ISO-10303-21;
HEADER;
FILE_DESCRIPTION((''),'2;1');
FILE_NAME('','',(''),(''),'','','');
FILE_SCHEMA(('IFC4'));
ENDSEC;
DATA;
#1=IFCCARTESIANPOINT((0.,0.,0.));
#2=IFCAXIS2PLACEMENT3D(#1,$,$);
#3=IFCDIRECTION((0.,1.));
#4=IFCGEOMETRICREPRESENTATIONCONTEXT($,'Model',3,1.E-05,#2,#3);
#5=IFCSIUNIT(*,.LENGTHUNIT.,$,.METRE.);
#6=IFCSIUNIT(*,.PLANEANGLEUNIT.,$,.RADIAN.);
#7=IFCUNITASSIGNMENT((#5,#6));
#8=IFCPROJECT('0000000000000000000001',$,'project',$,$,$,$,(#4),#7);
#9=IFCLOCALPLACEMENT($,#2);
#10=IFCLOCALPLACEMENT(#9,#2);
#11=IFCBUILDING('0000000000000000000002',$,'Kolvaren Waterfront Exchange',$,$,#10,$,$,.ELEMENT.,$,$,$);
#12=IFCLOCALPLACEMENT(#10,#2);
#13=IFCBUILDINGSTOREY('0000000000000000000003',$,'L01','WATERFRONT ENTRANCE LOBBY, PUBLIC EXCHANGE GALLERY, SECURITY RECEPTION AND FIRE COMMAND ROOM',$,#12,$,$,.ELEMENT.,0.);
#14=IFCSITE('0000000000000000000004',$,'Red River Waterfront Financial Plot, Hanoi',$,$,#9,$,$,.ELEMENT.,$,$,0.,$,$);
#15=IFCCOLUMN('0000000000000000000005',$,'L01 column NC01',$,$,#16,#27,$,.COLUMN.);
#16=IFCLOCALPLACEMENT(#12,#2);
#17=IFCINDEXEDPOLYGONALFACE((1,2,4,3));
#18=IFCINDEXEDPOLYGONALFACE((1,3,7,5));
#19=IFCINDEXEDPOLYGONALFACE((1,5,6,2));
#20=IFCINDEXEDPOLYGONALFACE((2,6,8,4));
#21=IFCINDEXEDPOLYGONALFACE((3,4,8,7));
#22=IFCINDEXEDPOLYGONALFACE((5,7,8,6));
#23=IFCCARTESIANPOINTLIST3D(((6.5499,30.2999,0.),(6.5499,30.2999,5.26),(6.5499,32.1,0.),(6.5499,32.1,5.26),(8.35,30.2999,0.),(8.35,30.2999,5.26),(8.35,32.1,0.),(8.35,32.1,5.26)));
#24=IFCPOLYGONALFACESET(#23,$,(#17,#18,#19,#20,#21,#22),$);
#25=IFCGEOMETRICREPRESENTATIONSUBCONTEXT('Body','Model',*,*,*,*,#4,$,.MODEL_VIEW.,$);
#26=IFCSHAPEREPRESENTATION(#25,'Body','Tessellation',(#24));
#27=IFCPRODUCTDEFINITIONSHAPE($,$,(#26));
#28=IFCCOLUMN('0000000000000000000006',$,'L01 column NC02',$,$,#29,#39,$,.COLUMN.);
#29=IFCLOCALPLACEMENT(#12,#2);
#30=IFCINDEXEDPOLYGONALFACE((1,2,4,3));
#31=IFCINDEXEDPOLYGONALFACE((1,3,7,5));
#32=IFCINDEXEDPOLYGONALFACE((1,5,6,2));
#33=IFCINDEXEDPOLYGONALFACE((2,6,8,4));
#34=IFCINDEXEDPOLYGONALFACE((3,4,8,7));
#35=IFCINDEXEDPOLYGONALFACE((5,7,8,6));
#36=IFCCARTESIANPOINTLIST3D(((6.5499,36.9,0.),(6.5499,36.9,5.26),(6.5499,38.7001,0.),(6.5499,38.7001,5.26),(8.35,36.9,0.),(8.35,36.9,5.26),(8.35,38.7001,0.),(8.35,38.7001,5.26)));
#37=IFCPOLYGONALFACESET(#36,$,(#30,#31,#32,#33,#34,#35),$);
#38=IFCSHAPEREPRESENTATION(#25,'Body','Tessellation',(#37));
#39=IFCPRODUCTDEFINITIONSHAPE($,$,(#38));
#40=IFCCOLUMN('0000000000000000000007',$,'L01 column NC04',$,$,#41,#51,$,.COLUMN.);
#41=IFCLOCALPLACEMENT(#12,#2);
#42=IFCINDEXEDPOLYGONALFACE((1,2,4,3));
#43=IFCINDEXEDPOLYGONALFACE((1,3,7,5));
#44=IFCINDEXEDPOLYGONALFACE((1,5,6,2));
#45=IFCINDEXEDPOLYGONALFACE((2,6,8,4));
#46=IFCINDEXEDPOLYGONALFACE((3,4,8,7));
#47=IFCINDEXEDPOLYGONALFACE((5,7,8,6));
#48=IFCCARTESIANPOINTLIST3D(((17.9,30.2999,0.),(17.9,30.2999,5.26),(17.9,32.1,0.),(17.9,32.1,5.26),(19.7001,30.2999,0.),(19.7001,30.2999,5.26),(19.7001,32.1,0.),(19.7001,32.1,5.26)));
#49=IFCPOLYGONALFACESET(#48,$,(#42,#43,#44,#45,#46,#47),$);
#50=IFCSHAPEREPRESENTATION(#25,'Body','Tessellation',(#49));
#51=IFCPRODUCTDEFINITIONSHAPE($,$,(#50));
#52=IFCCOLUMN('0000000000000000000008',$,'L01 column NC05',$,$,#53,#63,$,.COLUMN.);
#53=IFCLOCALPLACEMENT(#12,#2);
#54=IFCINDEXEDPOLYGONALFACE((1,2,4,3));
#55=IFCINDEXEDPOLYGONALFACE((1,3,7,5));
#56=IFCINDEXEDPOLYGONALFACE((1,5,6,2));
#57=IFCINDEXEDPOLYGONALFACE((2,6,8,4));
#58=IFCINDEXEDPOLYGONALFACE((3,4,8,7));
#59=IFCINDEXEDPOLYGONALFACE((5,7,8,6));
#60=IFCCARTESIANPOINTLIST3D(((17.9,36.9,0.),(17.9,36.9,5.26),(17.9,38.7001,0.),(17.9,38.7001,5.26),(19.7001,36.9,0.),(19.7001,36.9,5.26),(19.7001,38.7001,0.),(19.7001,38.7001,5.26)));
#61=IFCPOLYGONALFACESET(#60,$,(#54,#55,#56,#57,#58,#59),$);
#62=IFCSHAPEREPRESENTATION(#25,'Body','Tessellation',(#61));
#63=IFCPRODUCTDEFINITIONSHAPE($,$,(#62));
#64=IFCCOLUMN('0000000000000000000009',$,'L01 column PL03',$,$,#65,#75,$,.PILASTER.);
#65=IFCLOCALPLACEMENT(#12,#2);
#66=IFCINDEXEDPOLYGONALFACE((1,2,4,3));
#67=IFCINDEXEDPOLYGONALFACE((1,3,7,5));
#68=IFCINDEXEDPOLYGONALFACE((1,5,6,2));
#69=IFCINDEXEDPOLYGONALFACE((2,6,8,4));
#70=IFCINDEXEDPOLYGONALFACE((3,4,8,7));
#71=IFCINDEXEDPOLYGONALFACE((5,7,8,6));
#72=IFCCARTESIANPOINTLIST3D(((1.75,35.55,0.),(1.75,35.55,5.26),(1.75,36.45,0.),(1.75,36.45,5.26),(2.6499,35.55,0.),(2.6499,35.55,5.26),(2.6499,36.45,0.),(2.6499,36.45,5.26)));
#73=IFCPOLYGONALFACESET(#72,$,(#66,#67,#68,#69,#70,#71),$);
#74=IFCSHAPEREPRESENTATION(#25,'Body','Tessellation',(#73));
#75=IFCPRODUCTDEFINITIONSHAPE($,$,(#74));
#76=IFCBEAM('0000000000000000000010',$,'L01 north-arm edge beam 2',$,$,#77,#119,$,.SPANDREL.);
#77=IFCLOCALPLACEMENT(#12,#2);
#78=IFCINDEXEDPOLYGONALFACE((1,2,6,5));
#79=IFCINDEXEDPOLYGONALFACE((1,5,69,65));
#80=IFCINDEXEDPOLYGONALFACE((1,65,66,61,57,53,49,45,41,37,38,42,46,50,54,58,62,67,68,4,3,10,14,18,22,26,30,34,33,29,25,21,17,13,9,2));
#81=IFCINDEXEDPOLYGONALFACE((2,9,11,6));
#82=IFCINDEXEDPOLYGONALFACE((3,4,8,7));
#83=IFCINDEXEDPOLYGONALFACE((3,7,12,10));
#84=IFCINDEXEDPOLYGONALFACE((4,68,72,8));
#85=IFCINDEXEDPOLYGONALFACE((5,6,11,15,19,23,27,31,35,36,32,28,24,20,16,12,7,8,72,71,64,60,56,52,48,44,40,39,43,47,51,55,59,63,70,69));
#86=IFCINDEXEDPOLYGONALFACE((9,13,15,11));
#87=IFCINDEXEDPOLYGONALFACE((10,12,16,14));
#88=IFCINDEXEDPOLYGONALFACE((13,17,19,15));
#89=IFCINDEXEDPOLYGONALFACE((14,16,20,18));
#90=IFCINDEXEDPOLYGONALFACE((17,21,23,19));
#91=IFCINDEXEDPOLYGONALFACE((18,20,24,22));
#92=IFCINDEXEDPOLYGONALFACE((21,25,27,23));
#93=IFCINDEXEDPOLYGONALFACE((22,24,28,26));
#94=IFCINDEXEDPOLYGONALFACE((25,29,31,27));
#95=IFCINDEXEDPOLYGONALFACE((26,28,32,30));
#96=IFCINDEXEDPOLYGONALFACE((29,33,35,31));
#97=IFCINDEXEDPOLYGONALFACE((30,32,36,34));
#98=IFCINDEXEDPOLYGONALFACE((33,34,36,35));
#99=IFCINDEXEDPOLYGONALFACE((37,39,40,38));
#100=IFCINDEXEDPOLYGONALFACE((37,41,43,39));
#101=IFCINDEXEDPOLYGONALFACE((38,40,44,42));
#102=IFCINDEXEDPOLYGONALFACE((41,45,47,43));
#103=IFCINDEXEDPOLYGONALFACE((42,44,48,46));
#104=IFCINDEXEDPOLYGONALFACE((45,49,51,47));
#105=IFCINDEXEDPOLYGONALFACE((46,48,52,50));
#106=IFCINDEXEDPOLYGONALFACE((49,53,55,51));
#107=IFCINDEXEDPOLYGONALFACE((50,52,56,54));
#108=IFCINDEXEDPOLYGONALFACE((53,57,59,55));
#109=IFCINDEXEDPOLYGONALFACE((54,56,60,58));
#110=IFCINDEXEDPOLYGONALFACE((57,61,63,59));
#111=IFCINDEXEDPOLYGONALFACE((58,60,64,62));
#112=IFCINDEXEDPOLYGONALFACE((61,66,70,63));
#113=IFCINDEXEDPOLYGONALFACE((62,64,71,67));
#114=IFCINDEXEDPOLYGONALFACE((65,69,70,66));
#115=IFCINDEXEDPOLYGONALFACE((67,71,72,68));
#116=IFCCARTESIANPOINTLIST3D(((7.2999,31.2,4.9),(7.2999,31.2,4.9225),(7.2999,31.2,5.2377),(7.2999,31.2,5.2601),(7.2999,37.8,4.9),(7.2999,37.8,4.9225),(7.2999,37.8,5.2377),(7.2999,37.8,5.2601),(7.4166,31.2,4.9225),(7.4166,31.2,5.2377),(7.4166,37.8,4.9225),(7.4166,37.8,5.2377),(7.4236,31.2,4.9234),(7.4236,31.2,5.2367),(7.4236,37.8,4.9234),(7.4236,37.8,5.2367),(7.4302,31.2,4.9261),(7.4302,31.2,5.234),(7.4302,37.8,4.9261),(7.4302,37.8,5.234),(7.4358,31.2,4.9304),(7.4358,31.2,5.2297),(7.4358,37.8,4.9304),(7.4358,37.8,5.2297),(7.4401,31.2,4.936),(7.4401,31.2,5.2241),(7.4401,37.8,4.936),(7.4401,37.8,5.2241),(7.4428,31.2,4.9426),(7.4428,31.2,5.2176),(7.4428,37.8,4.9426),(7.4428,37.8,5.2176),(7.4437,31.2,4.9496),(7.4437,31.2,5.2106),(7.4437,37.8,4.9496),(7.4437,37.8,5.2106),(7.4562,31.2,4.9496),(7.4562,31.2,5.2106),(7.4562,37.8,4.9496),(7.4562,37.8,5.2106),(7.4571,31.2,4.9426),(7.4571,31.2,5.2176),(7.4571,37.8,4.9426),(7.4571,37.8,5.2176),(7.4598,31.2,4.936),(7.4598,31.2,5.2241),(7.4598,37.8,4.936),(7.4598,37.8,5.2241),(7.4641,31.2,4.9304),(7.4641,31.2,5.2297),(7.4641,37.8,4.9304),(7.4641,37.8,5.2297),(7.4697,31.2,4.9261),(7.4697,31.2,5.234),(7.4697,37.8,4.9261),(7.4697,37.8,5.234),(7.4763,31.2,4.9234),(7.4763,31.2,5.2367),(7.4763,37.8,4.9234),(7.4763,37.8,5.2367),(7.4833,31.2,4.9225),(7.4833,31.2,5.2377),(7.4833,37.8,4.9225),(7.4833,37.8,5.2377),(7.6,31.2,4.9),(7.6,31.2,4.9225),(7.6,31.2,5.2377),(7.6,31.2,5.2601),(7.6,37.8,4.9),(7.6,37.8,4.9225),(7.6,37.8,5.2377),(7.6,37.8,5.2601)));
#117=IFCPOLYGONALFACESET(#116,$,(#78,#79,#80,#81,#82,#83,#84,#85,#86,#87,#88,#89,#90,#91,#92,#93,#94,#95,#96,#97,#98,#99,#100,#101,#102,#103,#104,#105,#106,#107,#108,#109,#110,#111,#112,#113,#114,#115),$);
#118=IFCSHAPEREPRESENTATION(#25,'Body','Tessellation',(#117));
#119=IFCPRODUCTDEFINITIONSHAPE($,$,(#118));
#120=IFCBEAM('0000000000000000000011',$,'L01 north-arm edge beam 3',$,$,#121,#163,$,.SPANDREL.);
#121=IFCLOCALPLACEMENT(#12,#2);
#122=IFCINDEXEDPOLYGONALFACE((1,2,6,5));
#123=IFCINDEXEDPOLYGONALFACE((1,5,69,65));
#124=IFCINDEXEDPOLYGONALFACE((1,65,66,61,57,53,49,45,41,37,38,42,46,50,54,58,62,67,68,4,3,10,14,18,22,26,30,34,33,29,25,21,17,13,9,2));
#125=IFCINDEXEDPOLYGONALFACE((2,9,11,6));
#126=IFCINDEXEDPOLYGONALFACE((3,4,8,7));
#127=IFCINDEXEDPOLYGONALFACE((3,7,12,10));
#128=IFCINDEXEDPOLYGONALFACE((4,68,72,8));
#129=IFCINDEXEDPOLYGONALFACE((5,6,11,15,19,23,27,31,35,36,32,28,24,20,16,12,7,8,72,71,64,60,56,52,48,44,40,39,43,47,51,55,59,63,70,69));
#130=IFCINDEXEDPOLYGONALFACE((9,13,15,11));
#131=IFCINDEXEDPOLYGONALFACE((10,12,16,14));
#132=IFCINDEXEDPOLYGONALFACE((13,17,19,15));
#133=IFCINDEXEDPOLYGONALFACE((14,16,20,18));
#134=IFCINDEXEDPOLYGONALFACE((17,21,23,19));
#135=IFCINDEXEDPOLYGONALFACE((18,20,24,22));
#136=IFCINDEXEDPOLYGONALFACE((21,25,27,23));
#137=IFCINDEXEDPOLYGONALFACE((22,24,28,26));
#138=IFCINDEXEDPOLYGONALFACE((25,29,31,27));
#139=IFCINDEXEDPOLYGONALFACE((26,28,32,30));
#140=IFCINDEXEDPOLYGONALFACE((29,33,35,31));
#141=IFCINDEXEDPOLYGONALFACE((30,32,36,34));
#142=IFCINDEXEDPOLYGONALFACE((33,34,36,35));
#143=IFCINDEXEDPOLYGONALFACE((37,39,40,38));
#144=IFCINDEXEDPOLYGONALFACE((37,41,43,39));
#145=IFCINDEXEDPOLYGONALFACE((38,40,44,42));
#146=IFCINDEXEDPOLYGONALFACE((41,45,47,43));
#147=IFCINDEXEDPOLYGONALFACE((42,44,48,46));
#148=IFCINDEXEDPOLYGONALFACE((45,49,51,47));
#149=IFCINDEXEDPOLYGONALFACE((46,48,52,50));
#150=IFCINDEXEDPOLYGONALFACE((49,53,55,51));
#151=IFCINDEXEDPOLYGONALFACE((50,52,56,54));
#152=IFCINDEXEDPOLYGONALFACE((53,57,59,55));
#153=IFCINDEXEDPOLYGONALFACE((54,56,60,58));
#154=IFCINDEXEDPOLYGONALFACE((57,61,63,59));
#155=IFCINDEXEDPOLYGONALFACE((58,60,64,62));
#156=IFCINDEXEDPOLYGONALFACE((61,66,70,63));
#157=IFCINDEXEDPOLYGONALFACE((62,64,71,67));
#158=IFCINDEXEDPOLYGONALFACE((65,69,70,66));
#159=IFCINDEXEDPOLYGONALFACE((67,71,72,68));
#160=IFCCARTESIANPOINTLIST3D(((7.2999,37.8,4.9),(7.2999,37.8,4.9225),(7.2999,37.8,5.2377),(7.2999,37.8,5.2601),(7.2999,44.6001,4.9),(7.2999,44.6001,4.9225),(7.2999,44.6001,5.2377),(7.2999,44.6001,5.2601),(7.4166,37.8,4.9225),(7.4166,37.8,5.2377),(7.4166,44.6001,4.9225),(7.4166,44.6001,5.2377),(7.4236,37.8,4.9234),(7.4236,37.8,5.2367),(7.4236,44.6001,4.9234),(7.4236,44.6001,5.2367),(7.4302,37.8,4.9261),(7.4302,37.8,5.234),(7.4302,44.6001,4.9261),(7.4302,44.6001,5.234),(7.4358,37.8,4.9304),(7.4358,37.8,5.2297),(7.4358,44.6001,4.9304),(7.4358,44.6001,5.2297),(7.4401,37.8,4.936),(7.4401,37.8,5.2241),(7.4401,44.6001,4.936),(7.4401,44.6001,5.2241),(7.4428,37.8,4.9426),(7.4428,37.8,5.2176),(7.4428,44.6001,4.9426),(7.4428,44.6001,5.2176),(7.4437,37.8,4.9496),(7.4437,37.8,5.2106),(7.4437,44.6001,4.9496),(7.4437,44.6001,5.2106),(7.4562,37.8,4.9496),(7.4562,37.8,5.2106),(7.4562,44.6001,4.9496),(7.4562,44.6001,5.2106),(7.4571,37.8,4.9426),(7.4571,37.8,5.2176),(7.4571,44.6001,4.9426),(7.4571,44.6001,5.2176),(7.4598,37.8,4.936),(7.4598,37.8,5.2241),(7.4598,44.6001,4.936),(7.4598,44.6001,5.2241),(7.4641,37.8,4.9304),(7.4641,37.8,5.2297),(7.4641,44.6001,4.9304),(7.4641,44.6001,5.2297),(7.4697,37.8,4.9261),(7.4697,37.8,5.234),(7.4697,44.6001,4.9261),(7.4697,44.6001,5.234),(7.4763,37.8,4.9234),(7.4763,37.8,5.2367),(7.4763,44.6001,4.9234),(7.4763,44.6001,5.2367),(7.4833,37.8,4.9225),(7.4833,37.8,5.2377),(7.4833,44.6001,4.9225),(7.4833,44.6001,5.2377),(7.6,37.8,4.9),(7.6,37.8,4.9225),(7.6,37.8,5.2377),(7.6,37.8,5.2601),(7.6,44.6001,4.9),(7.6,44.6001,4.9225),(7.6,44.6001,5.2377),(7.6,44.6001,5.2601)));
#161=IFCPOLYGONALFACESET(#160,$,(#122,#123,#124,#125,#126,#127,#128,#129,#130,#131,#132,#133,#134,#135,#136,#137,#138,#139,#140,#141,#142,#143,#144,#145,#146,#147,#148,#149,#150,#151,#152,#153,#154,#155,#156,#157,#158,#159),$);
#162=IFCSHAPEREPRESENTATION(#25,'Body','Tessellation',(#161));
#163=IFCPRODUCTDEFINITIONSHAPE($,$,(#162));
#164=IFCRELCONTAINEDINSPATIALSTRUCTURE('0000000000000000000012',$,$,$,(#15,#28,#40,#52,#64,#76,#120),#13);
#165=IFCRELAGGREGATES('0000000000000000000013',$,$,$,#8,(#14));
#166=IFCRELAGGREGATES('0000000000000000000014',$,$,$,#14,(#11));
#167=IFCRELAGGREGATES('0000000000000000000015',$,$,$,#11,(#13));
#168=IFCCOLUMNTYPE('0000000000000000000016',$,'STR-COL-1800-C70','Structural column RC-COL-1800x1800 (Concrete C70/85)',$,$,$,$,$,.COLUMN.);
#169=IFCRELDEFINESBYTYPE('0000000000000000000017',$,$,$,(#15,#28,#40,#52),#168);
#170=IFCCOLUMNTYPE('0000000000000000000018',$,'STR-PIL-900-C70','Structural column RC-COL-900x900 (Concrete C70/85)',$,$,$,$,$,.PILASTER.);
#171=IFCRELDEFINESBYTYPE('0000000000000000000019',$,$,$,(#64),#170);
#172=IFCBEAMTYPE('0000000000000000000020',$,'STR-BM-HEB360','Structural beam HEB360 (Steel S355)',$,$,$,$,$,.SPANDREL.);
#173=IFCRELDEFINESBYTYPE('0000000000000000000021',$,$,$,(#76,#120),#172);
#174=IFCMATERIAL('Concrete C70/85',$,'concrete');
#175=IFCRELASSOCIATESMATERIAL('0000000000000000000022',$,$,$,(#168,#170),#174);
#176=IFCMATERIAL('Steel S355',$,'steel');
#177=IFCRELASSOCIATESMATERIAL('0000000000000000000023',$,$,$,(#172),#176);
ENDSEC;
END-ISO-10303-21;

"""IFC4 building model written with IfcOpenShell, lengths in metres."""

from ifc_helpers import new_model, si_unit, direction, frame, origin, origin_2d, place, context, subcontext, project, spatial, rectangle, i_section, extrude, material, material_profile, profile_set, type_object, element, save


model = new_model("IFC4")

# Units and contexts
model_context = context("Model", 3, precision=1e-05, world=origin(), true_north=direction((0.0, 1.0)))
body_context = subcontext(model_context, "Body", "Model", "MODEL_VIEW")
ifc_project = project(units=[si_unit("LENGTHUNIT", "METRE"), si_unit("PLANEANGLEUNIT", "RADIAN")], contexts=[model_context])

# Site, building, storey
site_placement = place(None, origin())
site = spatial("IfcSite", under=ifc_project, at=site_placement, Name="Red River Waterfront Financial Plot, Hanoi", CompositionType="ELEMENT", RefElevation=0.0)
building_placement = place(site_placement, origin())
building = spatial("IfcBuilding", under=site, at=building_placement, Name="Kolvaren Waterfront Exchange", CompositionType="ELEMENT")
storey_placement = place(building_placement, origin())
storey = spatial("IfcBuildingStorey", under=building, at=storey_placement, Name="L01", Description="WATERFRONT ENTRANCE LOBBY, PUBLIC EXCHANGE GALLERY, SECURITY RECEPTION AND FIRE COMMAND ROOM", CompositionType="ELEMENT", Elevation=0.0)

# Columns
ifc_material_1 = material(Name="Concrete C70/85", Category="concrete")
ifc_material_profile_1 = material_profile(ifc_material_1, rectangle(XDim=1.8, YDim=1.8, at=origin_2d()), Name="RC-COL-1800x1800")
ifc_profile_set_1 = profile_set([ifc_material_profile_1], Name="Concrete C70/85")
column_type_1 = type_object("IfcColumnType", Name="STR-COL-1800-C70", Description="Structural column RC-COL-1800x1800 (Concrete C70/85)", PredefinedType="COLUMN", material=ifc_profile_set_1)
for number, where, z_axis, x_axis, name in (
    (1, (7.45, 31.2, 0.0), (0.0, 0.0, 1.0), (1.0, 0.0, 0.0), "L01 column NC01"),
    (2, (7.45, 37.8, 0.0), (0.0, 0.0, 1.0), (1.0, 0.0, 0.0), "L01 column NC02"),
    (3, (18.8, 31.2, 0.0), (0.0, 0.0, 1.0), (1.0, 0.0, 0.0), "L01 column NC04"),
    (4, (18.8, 37.8, 0.0), (0.0, 0.0, 1.0), (1.0, 0.0, 0.0), "L01 column NC05"),
):
    element("IfcColumn", number, at=place(storey_placement, frame(where, z_axis=z_axis, x_axis=x_axis)), inside=storey, type_object=column_type_1, Name=name, PredefinedType="COLUMN", context=body_context, shape_type="SweptSolid", body=[
        extrude(rectangle(XDim=1.8, YDim=1.8, at=origin_2d()), origin(), (0.0, 0.0, 1.0), 5.26),
    ])
ifc_material_profile_2 = material_profile(ifc_material_1, rectangle(XDim=0.8999, YDim=0.8999, at=origin_2d()), Name="RC-COL-900x900")
ifc_profile_set_2 = profile_set([ifc_material_profile_2], Name="Concrete C70/85")
column_type_2 = type_object("IfcColumnType", Name="STR-PIL-900-C70", Description="Structural column RC-COL-900x900 (Concrete C70/85)", PredefinedType="PILASTER", material=ifc_profile_set_2)
column_placement = place(storey_placement, frame((2.2, 36.0, 0.0), z_axis=(0.0, 0.0, 1.0), x_axis=(1.0, 0.0, 0.0)))
element("IfcColumn", 5, at=column_placement, inside=storey, type_object=column_type_2, Name="L01 column PL03", PredefinedType="PILASTER", context=body_context, shape_type="SweptSolid", body=[
    extrude(rectangle(XDim=0.8999, YDim=0.8999, at=origin_2d()), origin(), (0.0, 0.0, 1.0), 5.26),
])

# Beams
ifc_material_2 = material(Name="Steel S355", Category="steel")
ifc_material_profile_3 = material_profile(ifc_material_2, i_section(OverallWidth=0.3, OverallDepth=0.3601, WebThickness=0.0125, FlangeThickness=0.0225, FilletRadius=0.0271, at=origin_2d()), Name="HEB360")
ifc_profile_set_3 = profile_set([ifc_material_profile_3], Name="Steel S355")
beam_type_1 = type_object("IfcBeamType", Name="STR-BM-HEB360", Description="Structural beam HEB360 (Steel S355)", PredefinedType="SPANDREL", material=ifc_profile_set_3)
beam_1_placement = place(storey_placement, frame((7.45, 31.2, 5.0801), z_axis=(0.0, 1.0, 0.0), x_axis=(-1.0, 0.0, 0.0)))
element("IfcBeam", 6, at=beam_1_placement, inside=storey, type_object=beam_type_1, Name="L01 north-arm edge beam 2", PredefinedType="SPANDREL", context=body_context, shape_type="SweptSolid", body=[
    extrude(i_section(OverallWidth=0.3, OverallDepth=0.3601, WebThickness=0.0125, FlangeThickness=0.0225, FilletRadius=0.0271, at=origin_2d()), origin(), (0.0, 0.0, 1.0), 6.6001),
])
beam_2_placement = place(storey_placement, frame((7.45, 37.8, 5.0801), z_axis=(0.0, 1.0, 0.0), x_axis=(-1.0, 0.0, 0.0)))
element("IfcBeam", 7, at=beam_2_placement, inside=storey, type_object=beam_type_1, Name="L01 north-arm edge beam 3", PredefinedType="SPANDREL", context=body_context, shape_type="SweptSolid", body=[
    extrude(i_section(OverallWidth=0.3, OverallDepth=0.3601, WebThickness=0.0125, FlangeThickness=0.0225, FilletRadius=0.0271, at=origin_2d()), origin(), (0.0, 0.0, 1.0), 6.8),
])

save(model, "model.ifc")
